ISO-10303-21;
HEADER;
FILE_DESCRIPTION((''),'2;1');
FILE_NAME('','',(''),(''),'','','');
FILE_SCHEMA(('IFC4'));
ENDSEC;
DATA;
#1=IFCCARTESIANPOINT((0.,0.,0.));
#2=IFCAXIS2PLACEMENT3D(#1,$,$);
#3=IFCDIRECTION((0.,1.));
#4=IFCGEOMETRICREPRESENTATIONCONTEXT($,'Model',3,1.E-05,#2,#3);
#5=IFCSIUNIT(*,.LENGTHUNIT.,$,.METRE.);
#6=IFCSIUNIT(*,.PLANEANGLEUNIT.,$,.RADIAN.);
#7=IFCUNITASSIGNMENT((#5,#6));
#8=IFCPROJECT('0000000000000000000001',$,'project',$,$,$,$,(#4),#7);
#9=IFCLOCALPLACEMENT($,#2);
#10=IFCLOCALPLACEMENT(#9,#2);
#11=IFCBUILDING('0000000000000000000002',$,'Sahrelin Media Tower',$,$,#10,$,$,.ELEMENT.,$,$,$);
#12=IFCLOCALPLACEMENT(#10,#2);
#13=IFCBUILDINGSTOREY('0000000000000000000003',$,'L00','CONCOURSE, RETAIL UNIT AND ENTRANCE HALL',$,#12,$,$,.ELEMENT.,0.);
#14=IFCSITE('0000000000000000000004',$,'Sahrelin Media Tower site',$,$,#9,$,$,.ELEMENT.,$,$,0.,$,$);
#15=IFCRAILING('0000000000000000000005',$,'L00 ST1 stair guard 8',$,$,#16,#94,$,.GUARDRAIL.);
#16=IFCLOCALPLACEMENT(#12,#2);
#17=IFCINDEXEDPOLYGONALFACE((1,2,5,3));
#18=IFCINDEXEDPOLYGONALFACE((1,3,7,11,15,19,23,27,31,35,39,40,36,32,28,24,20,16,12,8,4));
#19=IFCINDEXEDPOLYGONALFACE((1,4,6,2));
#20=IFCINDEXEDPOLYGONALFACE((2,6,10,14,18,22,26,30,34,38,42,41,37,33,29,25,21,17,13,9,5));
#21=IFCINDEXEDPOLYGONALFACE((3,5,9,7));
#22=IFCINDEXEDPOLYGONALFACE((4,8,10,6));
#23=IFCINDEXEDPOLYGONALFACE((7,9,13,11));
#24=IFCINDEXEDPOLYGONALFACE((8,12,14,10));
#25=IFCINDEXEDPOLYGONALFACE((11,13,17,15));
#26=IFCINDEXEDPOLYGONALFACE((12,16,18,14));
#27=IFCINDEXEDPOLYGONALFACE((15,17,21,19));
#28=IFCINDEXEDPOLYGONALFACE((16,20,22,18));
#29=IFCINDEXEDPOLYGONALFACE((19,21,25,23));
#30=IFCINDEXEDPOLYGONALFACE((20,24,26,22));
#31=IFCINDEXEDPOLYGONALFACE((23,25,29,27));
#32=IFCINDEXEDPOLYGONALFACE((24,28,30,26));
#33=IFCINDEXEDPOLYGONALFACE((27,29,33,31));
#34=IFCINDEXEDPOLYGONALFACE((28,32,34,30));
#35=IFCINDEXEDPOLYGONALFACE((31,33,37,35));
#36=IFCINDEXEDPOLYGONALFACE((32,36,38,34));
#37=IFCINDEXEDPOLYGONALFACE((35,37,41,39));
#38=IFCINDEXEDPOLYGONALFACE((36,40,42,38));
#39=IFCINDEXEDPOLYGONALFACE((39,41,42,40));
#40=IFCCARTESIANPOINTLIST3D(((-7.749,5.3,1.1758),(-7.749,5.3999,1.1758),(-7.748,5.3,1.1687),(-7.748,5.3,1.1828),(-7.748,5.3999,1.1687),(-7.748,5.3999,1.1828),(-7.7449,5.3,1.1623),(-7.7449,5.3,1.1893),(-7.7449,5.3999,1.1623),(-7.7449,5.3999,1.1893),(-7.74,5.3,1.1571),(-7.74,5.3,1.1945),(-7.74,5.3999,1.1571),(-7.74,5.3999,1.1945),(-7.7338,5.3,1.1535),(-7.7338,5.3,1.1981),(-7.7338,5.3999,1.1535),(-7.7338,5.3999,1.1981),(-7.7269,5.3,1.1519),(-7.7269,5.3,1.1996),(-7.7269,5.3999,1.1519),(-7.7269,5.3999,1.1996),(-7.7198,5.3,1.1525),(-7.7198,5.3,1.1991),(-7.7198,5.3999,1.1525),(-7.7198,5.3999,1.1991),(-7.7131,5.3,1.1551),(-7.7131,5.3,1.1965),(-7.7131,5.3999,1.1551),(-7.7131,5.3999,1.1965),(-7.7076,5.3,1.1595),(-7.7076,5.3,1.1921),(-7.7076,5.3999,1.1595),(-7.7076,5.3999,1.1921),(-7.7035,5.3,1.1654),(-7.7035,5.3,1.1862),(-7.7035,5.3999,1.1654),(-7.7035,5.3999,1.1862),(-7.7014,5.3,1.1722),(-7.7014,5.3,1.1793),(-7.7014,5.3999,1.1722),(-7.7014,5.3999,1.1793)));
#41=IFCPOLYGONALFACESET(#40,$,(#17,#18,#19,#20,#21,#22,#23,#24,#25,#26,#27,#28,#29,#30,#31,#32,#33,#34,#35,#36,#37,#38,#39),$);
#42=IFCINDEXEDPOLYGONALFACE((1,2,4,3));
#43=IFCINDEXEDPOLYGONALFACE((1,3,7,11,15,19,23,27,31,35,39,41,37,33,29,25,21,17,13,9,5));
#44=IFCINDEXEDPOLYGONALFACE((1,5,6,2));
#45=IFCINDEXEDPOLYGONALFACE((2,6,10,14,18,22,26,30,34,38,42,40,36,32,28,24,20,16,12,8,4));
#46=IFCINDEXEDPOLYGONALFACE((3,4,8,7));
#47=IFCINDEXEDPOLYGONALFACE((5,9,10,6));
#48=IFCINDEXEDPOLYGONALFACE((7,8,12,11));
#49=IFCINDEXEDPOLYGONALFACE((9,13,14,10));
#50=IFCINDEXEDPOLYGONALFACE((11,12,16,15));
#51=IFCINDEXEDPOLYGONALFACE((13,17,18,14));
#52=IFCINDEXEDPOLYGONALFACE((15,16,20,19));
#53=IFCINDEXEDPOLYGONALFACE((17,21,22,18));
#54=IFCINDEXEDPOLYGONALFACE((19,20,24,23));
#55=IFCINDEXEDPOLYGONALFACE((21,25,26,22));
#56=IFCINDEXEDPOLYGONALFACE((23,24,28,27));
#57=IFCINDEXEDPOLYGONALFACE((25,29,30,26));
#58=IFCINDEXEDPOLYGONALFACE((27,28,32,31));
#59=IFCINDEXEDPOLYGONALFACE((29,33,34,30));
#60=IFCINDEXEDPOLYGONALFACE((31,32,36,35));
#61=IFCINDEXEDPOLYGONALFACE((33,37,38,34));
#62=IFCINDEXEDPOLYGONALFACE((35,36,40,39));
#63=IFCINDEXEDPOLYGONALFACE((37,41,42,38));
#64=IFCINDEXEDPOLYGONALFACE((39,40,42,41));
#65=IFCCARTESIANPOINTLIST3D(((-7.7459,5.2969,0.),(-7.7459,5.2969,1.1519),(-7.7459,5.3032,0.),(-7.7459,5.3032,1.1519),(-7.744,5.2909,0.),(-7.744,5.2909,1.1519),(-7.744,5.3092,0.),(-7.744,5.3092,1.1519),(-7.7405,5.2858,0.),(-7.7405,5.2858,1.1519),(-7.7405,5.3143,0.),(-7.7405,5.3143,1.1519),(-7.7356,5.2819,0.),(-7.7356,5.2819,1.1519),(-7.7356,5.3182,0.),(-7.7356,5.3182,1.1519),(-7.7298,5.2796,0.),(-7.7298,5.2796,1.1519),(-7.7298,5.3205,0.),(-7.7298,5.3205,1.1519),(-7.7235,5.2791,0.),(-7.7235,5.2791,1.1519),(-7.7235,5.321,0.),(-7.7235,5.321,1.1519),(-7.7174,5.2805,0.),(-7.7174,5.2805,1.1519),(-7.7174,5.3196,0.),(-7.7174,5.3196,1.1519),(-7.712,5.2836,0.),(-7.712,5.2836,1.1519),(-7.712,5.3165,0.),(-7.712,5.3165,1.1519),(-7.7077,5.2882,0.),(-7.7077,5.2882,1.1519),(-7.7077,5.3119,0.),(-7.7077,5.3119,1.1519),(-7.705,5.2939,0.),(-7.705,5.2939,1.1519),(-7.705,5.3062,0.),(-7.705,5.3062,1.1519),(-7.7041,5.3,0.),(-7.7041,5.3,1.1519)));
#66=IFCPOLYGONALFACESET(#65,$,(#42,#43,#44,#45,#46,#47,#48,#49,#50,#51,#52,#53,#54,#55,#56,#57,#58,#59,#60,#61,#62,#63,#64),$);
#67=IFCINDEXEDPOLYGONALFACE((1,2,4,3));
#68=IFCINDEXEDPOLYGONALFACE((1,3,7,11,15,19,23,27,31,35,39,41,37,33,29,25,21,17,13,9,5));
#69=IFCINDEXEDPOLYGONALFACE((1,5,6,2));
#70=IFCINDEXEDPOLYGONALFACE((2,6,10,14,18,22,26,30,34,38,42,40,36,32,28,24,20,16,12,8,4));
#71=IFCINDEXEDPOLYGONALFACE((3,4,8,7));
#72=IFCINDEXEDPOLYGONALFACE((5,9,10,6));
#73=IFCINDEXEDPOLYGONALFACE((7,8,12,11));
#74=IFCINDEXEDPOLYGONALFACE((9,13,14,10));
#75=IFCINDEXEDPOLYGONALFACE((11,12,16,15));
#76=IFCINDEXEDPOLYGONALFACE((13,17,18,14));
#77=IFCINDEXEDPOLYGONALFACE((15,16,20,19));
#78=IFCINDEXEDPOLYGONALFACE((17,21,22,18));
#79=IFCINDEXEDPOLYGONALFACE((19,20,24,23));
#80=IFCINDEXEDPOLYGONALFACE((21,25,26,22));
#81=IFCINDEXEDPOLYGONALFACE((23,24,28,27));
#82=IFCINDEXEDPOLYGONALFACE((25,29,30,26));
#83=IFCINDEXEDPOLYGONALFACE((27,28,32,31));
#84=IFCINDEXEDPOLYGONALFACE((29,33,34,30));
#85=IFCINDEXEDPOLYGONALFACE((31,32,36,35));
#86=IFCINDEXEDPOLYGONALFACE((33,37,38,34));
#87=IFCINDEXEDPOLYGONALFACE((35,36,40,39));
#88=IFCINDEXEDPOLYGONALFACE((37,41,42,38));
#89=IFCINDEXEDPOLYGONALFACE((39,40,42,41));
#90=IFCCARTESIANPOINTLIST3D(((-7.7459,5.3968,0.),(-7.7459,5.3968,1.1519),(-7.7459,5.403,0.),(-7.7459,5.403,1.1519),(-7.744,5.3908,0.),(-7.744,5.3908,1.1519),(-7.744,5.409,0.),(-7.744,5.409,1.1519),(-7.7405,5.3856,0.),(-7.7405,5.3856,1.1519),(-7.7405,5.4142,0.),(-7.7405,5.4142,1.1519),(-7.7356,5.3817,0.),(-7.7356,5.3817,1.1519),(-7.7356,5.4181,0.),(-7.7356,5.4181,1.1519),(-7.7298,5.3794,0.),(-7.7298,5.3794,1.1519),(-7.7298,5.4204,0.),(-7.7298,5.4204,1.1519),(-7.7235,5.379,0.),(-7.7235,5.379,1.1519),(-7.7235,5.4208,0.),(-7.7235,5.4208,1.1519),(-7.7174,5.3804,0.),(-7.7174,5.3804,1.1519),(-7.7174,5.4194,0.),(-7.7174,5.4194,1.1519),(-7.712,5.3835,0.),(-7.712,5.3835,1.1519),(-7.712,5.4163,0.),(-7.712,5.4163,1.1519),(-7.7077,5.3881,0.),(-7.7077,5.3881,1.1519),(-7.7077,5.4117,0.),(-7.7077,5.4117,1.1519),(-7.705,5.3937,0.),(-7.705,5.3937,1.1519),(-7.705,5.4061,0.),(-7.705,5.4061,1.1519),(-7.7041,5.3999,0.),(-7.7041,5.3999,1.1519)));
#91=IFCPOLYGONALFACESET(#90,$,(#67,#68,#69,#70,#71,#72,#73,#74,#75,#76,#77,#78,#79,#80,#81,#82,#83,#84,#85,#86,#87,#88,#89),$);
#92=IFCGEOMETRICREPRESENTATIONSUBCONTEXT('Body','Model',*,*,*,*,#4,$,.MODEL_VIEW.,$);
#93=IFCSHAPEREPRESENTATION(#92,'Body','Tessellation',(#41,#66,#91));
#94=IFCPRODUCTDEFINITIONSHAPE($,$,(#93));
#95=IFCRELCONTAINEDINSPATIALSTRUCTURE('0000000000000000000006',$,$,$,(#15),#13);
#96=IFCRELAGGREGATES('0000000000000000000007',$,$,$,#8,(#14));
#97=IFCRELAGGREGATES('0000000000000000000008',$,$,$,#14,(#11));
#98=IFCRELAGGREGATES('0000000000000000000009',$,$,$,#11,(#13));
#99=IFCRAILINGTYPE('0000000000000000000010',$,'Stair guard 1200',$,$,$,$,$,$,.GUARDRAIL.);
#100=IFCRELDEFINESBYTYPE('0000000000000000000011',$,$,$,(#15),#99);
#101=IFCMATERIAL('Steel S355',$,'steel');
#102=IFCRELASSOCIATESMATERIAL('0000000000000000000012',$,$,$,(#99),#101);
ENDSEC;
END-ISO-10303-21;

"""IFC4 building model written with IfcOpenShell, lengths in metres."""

from ifc_helpers import new_model, si_unit, direction, frame, origin, origin_2d, place, context, subcontext, project, spatial, circle, extrude, material, type_object, element, save


model = new_model("IFC4")

# Units and contexts
model_context = context("Model", 3, precision=1e-05, world=origin(), true_north=direction((0.0, 1.0)))
body_context = subcontext(model_context, "Body", "Model", "MODEL_VIEW")
ifc_project = project(units=[si_unit("LENGTHUNIT", "METRE"), si_unit("PLANEANGLEUNIT", "RADIAN")], contexts=[model_context])

# Site, building, storey
site_placement = place(None, origin())
site = spatial("IfcSite", under=ifc_project, at=site_placement, Name="Sahrelin Media Tower site", CompositionType="ELEMENT", RefElevation=0.0)
building_placement = place(site_placement, origin())
building = spatial("IfcBuilding", under=site, at=building_placement, Name="Sahrelin Media Tower", CompositionType="ELEMENT")
storey_placement = place(building_placement, origin())
storey = spatial("IfcBuildingStorey", under=building, at=storey_placement, Name="L00", Description="CONCOURSE, RETAIL UNIT AND ENTRANCE HALL", CompositionType="ELEMENT", Elevation=0.0)

# Shared definitions
ifc_material_1 = material(Name="Steel S355", Category="steel")

# Railing
railing_type_1 = type_object("IfcRailingType", Name="Stair guard 1200", PredefinedType="GUARDRAIL", material=ifc_material_1)
railing_1_placement = place(storey_placement, frame((-7.7251, 5.3, 0.0)))
element("IfcRailing", 1, at=railing_1_placement, inside=storey, type_object=railing_type_1, Name="L00 ST1 stair guard 8", PredefinedType="GUARDRAIL", context=body_context, shape_type="SweptSolid", body=[
    extrude(circle(Radius=0.0239, at=origin_2d()), frame((0.0, 0.0, 1.1758), z_axis=(0.0, 1.0, 0.0), x_axis=(-1.0, 0.0, 0.0)), (0.0, 0.0, 1.0), 0.0999),
    extrude(circle(Radius=0.021, at=origin_2d()), origin(), (0.0, 0.0, 1.0), 1.1519),
    extrude(circle(Radius=0.021, at=origin_2d()), frame((0.0, 0.0999, 0.0)), (0.0, 0.0, 1.0), 1.1519),
])

save(model, "model.ifc")
